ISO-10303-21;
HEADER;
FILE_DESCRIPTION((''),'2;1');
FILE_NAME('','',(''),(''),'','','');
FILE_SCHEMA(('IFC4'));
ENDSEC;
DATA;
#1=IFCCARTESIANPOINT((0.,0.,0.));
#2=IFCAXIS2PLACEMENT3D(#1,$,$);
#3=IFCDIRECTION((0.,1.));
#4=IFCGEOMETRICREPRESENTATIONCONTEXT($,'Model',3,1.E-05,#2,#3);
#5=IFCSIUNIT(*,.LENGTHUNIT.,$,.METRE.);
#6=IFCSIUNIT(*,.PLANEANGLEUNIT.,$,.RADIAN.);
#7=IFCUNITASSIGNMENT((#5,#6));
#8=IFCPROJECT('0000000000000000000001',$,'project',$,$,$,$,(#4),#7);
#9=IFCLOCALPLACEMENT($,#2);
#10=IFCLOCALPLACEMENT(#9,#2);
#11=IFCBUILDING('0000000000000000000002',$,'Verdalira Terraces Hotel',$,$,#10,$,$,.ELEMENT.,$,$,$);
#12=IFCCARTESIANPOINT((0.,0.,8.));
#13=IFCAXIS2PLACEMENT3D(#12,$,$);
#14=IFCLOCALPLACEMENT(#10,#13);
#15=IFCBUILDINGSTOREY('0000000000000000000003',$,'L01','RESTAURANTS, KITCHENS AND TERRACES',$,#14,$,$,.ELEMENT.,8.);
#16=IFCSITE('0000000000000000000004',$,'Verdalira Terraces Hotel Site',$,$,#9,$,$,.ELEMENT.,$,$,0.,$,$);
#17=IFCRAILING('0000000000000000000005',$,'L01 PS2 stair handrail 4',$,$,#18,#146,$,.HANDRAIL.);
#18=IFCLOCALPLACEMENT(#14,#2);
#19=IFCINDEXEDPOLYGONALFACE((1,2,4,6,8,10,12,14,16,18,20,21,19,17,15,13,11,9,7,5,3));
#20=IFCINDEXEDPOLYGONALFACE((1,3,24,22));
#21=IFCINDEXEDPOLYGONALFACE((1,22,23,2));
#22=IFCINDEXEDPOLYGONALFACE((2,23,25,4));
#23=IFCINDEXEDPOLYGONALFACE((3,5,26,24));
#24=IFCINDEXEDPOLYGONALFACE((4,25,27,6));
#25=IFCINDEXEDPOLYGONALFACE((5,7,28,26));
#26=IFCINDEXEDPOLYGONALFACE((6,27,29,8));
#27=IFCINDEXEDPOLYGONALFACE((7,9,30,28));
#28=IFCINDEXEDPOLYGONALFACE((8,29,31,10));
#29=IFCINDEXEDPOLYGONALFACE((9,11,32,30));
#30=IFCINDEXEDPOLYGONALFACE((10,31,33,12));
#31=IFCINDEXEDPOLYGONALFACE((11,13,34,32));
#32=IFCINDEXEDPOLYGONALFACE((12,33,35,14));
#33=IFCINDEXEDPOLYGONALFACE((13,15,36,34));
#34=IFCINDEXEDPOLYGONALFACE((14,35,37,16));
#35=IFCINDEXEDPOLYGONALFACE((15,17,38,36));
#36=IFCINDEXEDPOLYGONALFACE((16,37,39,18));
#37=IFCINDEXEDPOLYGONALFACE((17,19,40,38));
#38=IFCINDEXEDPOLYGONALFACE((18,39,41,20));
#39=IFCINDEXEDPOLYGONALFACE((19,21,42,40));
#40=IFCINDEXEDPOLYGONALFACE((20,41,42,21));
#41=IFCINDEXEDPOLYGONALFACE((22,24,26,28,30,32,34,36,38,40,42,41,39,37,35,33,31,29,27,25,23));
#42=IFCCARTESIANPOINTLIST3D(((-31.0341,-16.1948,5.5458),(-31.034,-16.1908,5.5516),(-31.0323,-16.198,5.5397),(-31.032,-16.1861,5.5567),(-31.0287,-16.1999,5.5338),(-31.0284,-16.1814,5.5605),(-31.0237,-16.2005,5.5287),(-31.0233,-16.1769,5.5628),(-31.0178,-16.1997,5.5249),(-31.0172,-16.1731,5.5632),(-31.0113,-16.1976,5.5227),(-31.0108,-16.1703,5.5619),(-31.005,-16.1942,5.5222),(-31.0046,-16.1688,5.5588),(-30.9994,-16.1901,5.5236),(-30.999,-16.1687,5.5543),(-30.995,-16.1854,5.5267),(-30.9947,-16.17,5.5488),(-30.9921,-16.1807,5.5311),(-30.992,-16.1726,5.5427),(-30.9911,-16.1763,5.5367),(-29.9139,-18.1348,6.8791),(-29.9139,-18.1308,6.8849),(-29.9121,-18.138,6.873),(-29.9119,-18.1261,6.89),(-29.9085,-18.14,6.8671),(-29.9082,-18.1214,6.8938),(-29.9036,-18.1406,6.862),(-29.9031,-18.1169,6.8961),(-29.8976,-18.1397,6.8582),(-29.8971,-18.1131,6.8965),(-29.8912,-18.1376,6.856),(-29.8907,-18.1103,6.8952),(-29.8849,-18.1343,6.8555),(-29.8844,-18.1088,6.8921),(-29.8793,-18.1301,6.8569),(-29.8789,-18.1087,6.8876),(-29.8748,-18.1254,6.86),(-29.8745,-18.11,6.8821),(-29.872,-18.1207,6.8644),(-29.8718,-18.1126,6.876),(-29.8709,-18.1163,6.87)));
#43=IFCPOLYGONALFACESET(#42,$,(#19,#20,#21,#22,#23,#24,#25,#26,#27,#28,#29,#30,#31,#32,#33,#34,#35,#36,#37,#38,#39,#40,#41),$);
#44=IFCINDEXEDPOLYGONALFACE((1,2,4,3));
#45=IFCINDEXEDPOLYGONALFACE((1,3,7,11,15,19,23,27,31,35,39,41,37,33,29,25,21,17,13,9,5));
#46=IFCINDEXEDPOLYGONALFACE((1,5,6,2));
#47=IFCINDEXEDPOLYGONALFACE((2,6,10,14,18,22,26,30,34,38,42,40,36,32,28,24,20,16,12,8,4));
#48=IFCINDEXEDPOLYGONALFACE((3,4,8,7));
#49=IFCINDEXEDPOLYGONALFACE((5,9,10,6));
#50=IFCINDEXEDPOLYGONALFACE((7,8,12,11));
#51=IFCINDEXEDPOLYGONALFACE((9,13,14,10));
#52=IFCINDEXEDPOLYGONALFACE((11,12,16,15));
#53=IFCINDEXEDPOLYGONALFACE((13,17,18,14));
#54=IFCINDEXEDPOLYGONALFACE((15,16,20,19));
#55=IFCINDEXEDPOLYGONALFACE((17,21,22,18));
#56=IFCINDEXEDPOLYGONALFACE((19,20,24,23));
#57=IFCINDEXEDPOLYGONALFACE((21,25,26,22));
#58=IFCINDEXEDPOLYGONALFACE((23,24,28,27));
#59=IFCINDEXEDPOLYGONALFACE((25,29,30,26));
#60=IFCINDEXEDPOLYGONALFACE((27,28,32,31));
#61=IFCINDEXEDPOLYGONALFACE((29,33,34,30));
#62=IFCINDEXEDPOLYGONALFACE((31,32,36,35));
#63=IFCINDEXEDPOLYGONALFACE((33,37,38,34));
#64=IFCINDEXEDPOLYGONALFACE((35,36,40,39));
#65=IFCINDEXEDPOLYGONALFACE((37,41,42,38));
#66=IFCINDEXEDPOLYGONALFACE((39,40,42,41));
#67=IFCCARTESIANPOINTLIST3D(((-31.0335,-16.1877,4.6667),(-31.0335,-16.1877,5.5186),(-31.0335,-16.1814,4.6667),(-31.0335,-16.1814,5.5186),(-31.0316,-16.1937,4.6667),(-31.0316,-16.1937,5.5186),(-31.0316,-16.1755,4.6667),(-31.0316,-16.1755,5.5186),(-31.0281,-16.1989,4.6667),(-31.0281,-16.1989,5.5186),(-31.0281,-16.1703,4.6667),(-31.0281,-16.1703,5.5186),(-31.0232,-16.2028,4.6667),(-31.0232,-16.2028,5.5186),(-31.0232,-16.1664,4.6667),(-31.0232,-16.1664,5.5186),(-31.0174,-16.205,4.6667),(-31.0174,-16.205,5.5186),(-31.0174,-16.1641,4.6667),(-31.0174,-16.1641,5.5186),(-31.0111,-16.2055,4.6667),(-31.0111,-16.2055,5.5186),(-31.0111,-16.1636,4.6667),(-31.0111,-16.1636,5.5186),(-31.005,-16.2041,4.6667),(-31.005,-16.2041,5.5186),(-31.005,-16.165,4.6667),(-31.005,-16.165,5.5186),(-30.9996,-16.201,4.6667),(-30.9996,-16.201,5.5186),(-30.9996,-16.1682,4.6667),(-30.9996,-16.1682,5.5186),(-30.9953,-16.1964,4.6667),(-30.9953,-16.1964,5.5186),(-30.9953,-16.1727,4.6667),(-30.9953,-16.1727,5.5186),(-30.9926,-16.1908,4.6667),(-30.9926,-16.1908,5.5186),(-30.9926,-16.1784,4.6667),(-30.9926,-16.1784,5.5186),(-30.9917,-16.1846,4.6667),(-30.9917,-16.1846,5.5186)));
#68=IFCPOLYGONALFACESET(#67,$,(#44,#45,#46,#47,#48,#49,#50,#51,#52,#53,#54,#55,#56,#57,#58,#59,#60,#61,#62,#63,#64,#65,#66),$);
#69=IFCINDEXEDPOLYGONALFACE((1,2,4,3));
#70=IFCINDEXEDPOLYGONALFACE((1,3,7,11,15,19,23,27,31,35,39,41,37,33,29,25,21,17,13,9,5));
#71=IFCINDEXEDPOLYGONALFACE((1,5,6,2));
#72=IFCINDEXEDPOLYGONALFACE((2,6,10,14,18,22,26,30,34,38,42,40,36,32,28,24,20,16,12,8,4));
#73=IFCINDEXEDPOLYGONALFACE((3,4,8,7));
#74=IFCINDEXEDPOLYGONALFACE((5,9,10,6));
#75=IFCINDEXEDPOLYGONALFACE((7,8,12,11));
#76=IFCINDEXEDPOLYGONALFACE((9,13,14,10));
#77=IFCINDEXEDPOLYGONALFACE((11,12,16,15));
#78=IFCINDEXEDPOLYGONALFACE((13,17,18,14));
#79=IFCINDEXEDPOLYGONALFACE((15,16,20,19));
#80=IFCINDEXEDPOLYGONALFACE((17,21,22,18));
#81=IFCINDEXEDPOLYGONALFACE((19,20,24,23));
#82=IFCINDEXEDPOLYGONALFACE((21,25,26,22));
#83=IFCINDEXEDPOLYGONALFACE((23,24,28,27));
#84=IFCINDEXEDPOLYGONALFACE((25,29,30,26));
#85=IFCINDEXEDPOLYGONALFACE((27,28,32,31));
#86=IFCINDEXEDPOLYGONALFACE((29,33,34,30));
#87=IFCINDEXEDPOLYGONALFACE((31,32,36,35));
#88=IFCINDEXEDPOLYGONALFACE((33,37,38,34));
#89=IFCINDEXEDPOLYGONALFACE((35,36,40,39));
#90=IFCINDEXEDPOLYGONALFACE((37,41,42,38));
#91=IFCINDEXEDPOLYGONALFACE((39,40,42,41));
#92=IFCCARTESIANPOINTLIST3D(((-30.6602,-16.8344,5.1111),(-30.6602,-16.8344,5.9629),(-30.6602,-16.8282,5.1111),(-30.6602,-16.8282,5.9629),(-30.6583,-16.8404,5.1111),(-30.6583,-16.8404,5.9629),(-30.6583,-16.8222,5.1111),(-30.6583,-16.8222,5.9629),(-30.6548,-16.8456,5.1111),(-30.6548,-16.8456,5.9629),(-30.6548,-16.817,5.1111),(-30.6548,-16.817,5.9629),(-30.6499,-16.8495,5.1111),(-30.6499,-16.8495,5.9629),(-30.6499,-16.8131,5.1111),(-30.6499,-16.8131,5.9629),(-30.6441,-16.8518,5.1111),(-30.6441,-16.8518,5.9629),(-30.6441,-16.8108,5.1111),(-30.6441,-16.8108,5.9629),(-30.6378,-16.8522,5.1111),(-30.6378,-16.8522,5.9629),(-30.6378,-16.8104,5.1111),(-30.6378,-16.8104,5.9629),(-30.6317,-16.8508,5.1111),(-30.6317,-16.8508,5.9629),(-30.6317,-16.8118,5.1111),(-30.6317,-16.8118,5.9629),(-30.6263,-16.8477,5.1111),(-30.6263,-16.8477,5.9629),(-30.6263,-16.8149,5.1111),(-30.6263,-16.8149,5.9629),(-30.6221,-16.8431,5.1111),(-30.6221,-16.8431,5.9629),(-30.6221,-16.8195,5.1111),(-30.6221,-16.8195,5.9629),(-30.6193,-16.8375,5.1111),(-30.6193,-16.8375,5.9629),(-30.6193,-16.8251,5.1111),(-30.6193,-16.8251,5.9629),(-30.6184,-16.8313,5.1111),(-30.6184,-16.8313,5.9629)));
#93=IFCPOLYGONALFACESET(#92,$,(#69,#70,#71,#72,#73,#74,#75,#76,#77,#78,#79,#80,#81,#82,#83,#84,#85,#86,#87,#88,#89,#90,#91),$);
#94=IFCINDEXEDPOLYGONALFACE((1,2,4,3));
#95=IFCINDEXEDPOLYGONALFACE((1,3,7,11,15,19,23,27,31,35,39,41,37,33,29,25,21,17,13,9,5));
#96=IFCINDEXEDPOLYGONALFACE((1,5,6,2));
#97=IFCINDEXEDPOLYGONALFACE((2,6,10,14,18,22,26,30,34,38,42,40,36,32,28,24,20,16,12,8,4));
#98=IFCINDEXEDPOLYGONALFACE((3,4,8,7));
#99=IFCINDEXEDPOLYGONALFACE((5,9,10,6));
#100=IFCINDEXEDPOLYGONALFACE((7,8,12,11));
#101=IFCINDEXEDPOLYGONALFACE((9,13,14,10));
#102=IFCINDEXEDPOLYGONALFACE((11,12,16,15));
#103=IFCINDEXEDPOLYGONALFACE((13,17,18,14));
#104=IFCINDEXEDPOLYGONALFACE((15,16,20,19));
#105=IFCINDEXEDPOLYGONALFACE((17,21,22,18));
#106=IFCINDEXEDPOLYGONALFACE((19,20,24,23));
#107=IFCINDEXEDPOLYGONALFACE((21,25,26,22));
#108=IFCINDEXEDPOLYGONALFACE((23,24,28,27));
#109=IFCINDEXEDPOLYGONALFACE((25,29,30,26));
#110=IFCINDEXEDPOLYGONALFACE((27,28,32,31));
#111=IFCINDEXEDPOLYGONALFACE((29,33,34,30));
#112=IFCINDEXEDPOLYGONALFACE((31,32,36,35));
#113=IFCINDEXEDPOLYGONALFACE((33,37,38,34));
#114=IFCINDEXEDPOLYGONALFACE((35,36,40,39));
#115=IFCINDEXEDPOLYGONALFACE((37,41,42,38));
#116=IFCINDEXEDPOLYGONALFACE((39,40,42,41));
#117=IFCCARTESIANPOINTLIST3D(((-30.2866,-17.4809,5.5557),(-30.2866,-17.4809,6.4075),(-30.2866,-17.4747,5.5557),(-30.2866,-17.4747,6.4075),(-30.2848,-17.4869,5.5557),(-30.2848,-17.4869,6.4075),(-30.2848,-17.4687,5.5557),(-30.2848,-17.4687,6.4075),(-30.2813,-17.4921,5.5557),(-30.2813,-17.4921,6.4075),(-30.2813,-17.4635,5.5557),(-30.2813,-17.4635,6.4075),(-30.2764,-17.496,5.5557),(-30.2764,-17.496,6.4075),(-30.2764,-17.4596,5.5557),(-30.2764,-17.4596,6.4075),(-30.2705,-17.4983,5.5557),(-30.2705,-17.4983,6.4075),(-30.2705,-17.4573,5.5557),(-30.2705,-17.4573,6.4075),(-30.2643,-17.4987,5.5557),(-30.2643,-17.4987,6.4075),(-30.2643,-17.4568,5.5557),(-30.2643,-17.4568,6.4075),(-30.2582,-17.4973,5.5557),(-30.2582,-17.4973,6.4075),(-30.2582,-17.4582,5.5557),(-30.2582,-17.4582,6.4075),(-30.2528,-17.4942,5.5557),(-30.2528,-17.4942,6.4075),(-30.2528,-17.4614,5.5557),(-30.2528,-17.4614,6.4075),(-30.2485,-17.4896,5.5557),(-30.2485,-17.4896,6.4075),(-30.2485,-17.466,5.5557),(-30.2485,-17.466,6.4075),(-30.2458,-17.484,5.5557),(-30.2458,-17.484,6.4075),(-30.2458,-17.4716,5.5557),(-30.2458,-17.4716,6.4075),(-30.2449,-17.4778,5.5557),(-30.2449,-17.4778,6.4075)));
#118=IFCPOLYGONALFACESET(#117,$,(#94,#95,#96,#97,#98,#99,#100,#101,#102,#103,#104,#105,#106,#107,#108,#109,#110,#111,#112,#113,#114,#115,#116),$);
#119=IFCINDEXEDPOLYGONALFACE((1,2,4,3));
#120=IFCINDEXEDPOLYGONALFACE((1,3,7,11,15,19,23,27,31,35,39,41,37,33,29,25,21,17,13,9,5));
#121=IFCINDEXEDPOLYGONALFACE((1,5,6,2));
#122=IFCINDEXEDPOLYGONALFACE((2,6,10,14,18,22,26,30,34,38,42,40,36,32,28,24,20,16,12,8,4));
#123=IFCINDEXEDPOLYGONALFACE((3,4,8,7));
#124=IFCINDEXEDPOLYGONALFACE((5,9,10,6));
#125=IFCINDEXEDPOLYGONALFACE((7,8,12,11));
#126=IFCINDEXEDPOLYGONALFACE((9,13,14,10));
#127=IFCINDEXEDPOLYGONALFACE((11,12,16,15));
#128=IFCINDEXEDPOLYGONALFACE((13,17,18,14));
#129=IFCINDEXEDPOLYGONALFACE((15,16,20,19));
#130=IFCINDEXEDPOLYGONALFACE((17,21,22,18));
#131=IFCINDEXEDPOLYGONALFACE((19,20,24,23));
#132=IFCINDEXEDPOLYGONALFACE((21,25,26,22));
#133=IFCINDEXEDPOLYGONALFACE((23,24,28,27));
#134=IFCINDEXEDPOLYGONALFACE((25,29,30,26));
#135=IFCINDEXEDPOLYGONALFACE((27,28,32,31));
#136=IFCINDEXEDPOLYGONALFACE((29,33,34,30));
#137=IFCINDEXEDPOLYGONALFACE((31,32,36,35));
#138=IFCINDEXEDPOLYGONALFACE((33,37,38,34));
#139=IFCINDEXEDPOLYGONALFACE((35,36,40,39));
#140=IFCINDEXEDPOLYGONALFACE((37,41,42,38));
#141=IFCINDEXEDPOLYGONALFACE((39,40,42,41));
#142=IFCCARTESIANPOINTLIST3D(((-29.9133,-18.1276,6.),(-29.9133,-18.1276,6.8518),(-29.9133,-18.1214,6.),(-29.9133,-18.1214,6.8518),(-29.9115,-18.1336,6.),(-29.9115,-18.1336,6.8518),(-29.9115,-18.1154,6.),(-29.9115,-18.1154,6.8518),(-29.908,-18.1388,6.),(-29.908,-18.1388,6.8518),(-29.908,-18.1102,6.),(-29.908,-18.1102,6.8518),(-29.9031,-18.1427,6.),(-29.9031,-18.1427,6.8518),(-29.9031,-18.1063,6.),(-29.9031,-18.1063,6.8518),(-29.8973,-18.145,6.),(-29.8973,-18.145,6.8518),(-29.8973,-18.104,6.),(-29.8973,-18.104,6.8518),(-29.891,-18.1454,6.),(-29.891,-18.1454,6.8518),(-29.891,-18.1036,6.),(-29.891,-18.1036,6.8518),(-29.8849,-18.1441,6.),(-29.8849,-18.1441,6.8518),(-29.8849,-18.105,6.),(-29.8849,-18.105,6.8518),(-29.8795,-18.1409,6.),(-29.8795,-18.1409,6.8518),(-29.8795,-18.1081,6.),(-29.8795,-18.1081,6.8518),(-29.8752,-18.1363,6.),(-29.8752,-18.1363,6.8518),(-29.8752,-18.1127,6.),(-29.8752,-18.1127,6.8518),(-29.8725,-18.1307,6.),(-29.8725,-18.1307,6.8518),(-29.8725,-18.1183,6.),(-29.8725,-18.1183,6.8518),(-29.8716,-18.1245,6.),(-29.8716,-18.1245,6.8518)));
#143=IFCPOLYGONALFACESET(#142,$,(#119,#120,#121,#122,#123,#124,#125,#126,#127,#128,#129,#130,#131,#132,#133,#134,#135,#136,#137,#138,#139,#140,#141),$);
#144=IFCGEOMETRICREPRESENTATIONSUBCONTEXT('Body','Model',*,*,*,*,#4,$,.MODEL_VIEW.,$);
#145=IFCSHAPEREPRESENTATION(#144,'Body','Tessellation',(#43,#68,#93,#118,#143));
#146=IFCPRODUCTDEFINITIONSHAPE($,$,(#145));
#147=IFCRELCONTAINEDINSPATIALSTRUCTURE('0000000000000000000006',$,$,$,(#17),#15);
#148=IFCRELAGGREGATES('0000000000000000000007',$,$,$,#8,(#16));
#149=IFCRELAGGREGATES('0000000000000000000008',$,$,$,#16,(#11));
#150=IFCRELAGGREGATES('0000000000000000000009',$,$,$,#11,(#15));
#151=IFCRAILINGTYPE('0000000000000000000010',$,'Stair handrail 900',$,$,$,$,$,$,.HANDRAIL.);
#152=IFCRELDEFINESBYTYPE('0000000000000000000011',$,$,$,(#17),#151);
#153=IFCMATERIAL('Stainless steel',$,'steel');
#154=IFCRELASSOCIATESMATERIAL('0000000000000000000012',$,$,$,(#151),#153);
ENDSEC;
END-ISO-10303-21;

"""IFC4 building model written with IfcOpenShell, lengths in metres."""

from ifc_helpers import new_model, si_unit, direction, frame, origin, origin_2d, place, context, subcontext, project, spatial, circle, extrude, material, type_object, element, save


model = new_model("IFC4")

# Units and contexts
model_context = context("Model", 3, precision=1e-05, world=origin(), true_north=direction((0.0, 1.0)))
body_context = subcontext(model_context, "Body", "Model", "MODEL_VIEW")
ifc_project = project(units=[si_unit("LENGTHUNIT", "METRE"), si_unit("PLANEANGLEUNIT", "RADIAN")], contexts=[model_context])

# Site, building, storey
site_placement = place(None, origin())
site = spatial("IfcSite", under=ifc_project, at=site_placement, Name="Verdalira Terraces Hotel Site", CompositionType="ELEMENT", RefElevation=0.0)
building_placement = place(site_placement, origin())
building = spatial("IfcBuilding", under=site, at=building_placement, Name="Verdalira Terraces Hotel", CompositionType="ELEMENT")
storey_placement = place(building_placement, frame((0.0, 0.0, 8.0)))
storey = spatial("IfcBuildingStorey", under=building, at=storey_placement, Name="L01", Description="RESTAURANTS, KITCHENS AND TERRACES", CompositionType="ELEMENT", Elevation=8.0)

# Railing
ifc_material_1 = material(Name="Stainless steel", Category="steel")
railing_type_1 = type_object("IfcRailingType", Name="Stair handrail 900", PredefinedType="HANDRAIL", material=ifc_material_1)
for number, where, name in (
    (1, (-31.0127, -16.1846, 4.6667), "L01 PS2 stair handrail 4"),
):
    element("IfcRailing", number, at=place(storey_placement, frame(where)), inside=storey, type_object=railing_type_1, Name=name, PredefinedType="HANDRAIL", context=body_context, shape_type="SweptSolid", body=[
        extrude(circle(Radius=0.0239, at=origin_2d()), frame((0.0, 0.0, 0.876), z_axis=(0.429684, -0.744175, 0.511444), x_axis=(0.866008, 0.500031, 0.0)), (0.0, 0.0, 1.0), 2.6069),
        extrude(circle(Radius=0.021, at=origin_2d()), origin(), (0.0, 0.0, 1.0), 0.8518),
        extrude(circle(Radius=0.021, at=origin_2d()), frame((0.3733, -0.6467, 0.4443)), (0.0, 0.0, 1.0), 0.8518),
        extrude(circle(Radius=0.021, at=origin_2d()), frame((0.7468, -1.2932, 0.8889)), (0.0, 0.0, 1.0), 0.8518),
        extrude(circle(Radius=0.021, at=origin_2d()), frame((1.1201, -1.9399, 1.3333)), (0.0, 0.0, 1.0), 0.8518),
    ])

save(model, "model.ifc")
